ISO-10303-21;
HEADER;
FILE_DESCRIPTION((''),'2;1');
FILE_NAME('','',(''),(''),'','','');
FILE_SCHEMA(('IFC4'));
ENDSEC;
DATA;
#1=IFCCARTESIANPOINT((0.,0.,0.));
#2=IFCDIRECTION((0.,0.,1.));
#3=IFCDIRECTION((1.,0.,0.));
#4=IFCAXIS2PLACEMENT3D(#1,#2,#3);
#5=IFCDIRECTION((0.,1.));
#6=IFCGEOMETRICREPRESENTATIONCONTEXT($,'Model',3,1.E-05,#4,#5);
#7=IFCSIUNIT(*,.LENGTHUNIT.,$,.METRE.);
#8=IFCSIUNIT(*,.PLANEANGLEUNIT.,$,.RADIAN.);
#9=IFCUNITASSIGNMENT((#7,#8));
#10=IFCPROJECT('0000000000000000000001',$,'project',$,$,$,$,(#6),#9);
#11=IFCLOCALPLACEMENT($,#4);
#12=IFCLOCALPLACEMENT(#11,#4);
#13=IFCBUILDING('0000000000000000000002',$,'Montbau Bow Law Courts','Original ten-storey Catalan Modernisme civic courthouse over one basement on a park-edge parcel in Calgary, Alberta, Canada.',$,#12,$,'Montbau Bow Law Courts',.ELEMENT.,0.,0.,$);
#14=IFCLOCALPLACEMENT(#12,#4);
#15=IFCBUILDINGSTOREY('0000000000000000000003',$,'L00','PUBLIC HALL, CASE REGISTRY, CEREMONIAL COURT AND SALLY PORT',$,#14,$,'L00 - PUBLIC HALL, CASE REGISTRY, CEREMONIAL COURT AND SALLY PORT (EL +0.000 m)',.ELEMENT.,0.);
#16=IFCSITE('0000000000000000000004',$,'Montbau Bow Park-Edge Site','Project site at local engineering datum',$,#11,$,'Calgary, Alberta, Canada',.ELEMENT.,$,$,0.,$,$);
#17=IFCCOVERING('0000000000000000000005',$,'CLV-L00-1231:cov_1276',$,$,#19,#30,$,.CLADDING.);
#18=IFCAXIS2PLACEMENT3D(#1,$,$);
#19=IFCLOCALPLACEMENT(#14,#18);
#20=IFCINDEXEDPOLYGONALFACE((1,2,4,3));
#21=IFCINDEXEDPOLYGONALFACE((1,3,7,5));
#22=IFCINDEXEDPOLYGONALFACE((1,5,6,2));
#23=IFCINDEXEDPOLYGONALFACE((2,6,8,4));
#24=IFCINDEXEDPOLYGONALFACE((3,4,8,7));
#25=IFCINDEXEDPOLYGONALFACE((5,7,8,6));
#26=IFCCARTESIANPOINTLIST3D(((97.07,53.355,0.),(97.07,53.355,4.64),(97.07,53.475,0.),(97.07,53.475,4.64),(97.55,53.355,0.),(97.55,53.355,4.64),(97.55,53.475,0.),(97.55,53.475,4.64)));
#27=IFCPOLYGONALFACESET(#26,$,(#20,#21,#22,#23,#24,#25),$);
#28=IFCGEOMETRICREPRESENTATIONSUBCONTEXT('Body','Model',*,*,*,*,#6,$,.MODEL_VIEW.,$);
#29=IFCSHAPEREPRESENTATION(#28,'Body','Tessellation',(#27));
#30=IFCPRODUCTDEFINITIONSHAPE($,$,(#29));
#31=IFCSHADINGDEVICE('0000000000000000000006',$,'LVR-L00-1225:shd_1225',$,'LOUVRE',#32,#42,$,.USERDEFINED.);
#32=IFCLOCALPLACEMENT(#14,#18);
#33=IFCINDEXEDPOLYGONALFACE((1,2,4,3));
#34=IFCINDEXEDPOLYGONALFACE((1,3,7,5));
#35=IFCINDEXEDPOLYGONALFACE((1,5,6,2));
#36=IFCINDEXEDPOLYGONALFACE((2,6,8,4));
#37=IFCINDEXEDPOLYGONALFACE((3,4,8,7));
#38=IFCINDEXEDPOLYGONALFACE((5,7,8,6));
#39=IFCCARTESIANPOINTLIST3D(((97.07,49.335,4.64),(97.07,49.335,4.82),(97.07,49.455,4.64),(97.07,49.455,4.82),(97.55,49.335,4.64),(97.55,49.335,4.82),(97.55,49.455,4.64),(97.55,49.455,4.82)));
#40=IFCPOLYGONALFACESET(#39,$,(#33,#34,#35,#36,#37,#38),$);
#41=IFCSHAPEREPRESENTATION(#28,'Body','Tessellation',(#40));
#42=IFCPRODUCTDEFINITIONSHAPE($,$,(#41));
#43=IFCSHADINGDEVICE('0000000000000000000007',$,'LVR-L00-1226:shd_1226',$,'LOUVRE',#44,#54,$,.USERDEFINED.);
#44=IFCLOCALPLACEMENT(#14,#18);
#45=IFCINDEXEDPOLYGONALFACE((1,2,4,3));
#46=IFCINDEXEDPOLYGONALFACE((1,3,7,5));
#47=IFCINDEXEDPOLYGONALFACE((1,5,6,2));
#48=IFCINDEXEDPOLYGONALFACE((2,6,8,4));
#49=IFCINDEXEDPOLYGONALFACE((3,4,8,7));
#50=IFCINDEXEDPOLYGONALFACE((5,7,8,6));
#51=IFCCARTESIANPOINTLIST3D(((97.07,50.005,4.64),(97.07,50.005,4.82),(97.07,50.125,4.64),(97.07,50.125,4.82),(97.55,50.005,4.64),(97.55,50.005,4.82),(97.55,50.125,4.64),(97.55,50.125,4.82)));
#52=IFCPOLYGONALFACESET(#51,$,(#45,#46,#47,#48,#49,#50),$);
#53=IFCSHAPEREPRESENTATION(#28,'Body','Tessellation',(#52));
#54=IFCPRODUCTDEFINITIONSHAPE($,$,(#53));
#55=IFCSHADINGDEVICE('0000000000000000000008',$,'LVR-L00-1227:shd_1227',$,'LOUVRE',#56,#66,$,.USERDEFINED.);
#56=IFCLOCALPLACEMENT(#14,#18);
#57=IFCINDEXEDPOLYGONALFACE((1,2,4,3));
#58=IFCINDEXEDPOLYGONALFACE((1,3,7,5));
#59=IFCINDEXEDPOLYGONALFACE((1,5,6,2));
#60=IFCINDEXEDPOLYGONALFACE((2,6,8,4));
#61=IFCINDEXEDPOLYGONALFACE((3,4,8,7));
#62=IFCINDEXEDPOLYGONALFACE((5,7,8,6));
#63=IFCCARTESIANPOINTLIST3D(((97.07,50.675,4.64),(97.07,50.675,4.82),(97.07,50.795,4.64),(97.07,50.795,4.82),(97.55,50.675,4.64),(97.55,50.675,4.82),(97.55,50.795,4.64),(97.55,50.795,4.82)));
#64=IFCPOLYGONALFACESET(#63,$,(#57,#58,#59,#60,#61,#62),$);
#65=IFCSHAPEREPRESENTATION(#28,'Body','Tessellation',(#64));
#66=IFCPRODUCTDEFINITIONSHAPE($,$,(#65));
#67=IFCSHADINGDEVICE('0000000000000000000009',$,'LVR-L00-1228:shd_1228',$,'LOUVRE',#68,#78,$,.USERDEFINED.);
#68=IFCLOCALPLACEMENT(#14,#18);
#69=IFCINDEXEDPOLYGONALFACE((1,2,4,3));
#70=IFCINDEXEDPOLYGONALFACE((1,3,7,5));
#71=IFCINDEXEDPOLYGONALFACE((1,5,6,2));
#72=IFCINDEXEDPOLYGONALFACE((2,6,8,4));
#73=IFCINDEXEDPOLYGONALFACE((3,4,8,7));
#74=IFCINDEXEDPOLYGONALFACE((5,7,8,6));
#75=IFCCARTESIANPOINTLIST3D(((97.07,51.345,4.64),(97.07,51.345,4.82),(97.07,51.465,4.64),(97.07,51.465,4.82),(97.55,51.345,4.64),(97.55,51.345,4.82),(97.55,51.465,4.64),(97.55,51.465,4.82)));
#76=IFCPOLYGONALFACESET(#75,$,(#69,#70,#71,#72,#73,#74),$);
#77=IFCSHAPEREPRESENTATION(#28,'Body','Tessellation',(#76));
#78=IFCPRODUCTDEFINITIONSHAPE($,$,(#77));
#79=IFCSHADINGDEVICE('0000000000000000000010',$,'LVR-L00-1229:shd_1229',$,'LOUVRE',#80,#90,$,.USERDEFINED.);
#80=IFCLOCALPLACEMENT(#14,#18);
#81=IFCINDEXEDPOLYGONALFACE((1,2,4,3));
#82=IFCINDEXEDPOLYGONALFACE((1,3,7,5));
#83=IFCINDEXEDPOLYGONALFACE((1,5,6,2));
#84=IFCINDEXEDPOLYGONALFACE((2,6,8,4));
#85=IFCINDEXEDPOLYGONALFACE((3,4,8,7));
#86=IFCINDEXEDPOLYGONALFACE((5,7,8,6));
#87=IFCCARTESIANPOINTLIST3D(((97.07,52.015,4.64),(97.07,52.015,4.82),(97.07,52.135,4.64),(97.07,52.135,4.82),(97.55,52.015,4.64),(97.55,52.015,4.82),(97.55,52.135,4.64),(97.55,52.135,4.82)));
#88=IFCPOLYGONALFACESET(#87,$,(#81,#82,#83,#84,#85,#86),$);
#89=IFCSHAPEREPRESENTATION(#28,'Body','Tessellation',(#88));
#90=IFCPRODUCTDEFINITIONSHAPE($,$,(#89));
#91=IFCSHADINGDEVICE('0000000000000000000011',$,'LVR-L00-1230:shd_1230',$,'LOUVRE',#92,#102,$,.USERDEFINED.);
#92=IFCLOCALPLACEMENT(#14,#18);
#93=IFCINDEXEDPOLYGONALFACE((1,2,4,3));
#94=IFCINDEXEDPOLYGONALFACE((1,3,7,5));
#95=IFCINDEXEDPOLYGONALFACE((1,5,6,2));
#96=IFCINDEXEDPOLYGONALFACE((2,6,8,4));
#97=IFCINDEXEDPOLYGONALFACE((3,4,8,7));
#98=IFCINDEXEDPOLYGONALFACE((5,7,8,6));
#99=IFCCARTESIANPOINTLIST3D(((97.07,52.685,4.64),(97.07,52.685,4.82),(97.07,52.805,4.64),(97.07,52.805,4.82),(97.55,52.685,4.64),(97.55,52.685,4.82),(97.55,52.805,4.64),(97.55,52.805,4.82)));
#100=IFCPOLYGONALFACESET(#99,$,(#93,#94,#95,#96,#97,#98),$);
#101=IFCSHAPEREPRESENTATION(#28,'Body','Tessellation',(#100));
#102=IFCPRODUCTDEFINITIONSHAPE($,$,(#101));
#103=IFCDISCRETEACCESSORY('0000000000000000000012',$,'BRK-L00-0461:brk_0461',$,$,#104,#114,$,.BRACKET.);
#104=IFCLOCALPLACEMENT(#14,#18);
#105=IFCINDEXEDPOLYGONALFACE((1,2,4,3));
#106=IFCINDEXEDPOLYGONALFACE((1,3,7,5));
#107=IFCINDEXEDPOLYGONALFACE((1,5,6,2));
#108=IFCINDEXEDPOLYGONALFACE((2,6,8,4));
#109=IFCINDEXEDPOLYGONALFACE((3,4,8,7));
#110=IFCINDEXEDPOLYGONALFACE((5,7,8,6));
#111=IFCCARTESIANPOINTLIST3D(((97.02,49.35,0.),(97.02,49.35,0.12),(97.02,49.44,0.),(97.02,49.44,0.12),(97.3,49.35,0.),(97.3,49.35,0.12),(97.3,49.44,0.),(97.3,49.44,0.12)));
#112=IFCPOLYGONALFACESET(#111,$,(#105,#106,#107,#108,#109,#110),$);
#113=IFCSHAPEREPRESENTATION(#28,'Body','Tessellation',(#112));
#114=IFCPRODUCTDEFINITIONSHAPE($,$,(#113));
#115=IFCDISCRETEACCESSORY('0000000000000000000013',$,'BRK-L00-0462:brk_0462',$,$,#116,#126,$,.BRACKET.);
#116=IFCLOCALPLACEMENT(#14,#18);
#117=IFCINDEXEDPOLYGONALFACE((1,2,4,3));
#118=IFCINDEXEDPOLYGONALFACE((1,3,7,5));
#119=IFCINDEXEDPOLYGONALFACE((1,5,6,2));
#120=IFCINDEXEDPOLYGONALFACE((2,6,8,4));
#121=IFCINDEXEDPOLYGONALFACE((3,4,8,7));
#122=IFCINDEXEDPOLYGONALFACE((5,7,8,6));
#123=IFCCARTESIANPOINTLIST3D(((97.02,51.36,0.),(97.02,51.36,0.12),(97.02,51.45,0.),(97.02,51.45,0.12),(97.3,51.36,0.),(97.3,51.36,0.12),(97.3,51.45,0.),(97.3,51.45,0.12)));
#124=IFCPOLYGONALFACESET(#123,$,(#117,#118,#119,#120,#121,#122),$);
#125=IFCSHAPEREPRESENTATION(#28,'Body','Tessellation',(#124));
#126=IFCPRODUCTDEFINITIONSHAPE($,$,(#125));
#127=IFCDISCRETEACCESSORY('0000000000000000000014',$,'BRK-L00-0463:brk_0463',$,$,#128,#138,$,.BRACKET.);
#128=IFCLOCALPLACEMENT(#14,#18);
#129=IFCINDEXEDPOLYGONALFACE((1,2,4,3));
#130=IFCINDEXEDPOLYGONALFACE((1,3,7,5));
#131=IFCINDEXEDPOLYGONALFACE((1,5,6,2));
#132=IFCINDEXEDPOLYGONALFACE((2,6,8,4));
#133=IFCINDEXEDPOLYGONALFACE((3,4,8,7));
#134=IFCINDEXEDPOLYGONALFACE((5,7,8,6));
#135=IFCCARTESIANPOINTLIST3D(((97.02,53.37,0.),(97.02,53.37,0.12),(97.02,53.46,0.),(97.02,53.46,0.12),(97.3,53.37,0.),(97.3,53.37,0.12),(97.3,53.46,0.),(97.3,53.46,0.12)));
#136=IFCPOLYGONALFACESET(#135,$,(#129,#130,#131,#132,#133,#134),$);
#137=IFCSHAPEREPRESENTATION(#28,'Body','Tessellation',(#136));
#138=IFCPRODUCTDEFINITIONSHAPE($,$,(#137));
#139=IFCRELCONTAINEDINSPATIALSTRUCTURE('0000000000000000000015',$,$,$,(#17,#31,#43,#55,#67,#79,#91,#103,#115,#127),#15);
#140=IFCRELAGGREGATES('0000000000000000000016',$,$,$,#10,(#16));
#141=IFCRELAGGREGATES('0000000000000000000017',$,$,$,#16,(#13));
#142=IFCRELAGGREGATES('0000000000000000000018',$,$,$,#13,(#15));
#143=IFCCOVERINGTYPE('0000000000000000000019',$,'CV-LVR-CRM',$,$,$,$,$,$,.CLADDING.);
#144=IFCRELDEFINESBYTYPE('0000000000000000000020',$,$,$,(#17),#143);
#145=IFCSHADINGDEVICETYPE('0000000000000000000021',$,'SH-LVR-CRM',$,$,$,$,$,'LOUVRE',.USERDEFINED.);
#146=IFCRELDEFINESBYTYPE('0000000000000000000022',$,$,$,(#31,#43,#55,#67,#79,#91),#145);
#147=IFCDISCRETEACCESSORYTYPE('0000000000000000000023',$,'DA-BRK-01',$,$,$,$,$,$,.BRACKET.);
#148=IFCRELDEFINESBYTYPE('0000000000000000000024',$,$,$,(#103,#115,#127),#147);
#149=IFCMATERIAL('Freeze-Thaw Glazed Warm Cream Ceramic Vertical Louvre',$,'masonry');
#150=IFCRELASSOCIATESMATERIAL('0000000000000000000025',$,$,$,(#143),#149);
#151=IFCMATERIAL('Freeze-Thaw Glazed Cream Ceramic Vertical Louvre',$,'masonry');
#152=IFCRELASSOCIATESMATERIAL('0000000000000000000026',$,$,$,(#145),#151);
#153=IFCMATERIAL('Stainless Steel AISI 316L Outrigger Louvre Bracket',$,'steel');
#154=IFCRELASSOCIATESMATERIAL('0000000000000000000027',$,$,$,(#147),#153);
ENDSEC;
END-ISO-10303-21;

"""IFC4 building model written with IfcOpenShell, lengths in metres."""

from ifc_helpers import new_model, si_unit, direction, frame, frame_2d, origin_with_axes, origin_2d_with_axis, place, context, subcontext, project, spatial, rectangle, extrude, material, type_object, element, save


model = new_model("IFC4")

# Units and contexts
model_context = context("Model", 3, precision=1e-05, world=origin_with_axes(), true_north=direction((0.0, 1.0)))
body_context = subcontext(model_context, "Body", "Model", "MODEL_VIEW")
ifc_project = project(units=[si_unit("LENGTHUNIT", "METRE"), si_unit("PLANEANGLEUNIT", "RADIAN")], contexts=[model_context])

# Site, building, storey
site_placement = place(None, origin_with_axes())
site = spatial("IfcSite", under=ifc_project, at=site_placement, Name="Montbau Bow Park-Edge Site", Description="Project site at local engineering datum", LongName="Calgary, Alberta, Canada", CompositionType="ELEMENT", RefElevation=0.0)
building_placement = place(site_placement, origin_with_axes())
building = spatial("IfcBuilding", under=site, at=building_placement, Name="Montbau Bow Law Courts", Description="Original ten-storey Catalan Modernisme civic courthouse over one basement on a park-edge parcel in Calgary, Alberta, Canada.", LongName="Montbau Bow Law Courts", CompositionType="ELEMENT", ElevationOfRefHeight=0.0, ElevationOfTerrain=0.0)
storey_placement = place(building_placement, origin_with_axes())
storey = spatial("IfcBuildingStorey", under=building, at=storey_placement, Name="L00", Description="PUBLIC HALL, CASE REGISTRY, CEREMONIAL COURT AND SALLY PORT", LongName="L00 - PUBLIC HALL, CASE REGISTRY, CEREMONIAL COURT AND SALLY PORT (EL +0.000 m)", CompositionType="ELEMENT", Elevation=0.0)

# Covering
ifc_material_1 = material(Name="Freeze-Thaw Glazed Warm Cream Ceramic Vertical Louvre", Category="masonry")
covering_type = type_object("IfcCoveringType", Name="CV-LVR-CRM", PredefinedType="CLADDING", material=ifc_material_1)
for number, where, z_axis, x_axis, name in (
    (1, (97.07, 53.415, 0.0), (0.0, -1.0, 0.0), (1.0, 0.0, 0.0), "CLV-L00-1231:cov_1276"),
):
    element("IfcCovering", number, at=place(None, frame(where, z_axis=z_axis, x_axis=x_axis)), inside=storey, type_object=covering_type, Name=name, PredefinedType="CLADDING", context=body_context, shape_type="SweptSolid", body=[
        extrude(rectangle(XDim=0.48, YDim=4.64, at=frame_2d((0.24, 2.32), x_axis=(1.0, 0.0))), frame((0.0, 0.0, -0.06), z_axis=(0.0, 0.0, 1.0), x_axis=(1.0, 0.0, 0.0)), (0.0, 0.0, 1.0), 0.12),
    ])

# Shading devices
ifc_material_2 = material(Name="Freeze-Thaw Glazed Cream Ceramic Vertical Louvre", Category="masonry")
shading_device_type = type_object("IfcShadingDeviceType", Name="SH-LVR-CRM", ElementType="LOUVRE", PredefinedType="USERDEFINED", material=ifc_material_2)
for number, where, z_axis, x_axis, name in (
    (2, (97.31, 49.395, 4.64), (0.0, 0.0, 1.0), (1.0, 0.0, 0.0), "LVR-L00-1225:shd_1225"),
    (3, (97.31, 50.065, 4.64), (0.0, 0.0, 1.0), (1.0, 0.0, 0.0), "LVR-L00-1226:shd_1226"),
    (4, (97.31, 50.735, 4.64), (0.0, 0.0, 1.0), (1.0, 0.0, 0.0), "LVR-L00-1227:shd_1227"),
    (5, (97.31, 51.405, 4.64), (0.0, 0.0, 1.0), (1.0, 0.0, 0.0), "LVR-L00-1228:shd_1228"),
    (6, (97.31, 52.075, 4.64), (0.0, 0.0, 1.0), (1.0, 0.0, 0.0), "LVR-L00-1229:shd_1229"),
    (7, (97.31, 52.745, 4.64), (0.0, 0.0, 1.0), (1.0, 0.0, 0.0), "LVR-L00-1230:shd_1230"),
):
    element("IfcShadingDevice", number, at=place(None, frame(where, z_axis=z_axis, x_axis=x_axis)), inside=storey, type_object=shading_device_type, Name=name, ObjectType="LOUVRE", PredefinedType="USERDEFINED", context=body_context, shape_type="SweptSolid", body=[
        extrude(rectangle(XDim=0.48, YDim=0.12, at=origin_2d_with_axis()), origin_with_axes(), (0.0, 0.0, 1.0), 0.18),
    ])

# Discrete accessories
ifc_material_3 = material(Name="Stainless Steel AISI 316L Outrigger Louvre Bracket", Category="steel")
discrete_accessory_type = type_object("IfcDiscreteAccessoryType", Name="DA-BRK-01", PredefinedType="BRACKET", material=ifc_material_3)
for number, where, z_axis, x_axis, name in (
    (8, (97.16, 49.395, 0.0), (0.0, 0.0, 1.0), (1.0, 0.0, 0.0), "BRK-L00-0461:brk_0461"),
    (9, (97.16, 51.405, 0.0), (0.0, 0.0, 1.0), (1.0, 0.0, 0.0), "BRK-L00-0462:brk_0462"),
    (10, (97.16, 53.415, 0.0), (0.0, 0.0, 1.0), (1.0, 0.0, 0.0), "BRK-L00-0463:brk_0463"),
):
    element("IfcDiscreteAccessory", number, at=place(None, frame(where, z_axis=z_axis, x_axis=x_axis)), inside=storey, type_object=discrete_accessory_type, Name=name, PredefinedType="BRACKET", context=body_context, shape_type="SweptSolid", body=[
        extrude(rectangle(XDim=0.28, YDim=0.09, at=origin_2d_with_axis()), origin_with_axes(), (0.0, 0.0, 1.0), 0.12),
    ])

save(model, "model.ifc")
